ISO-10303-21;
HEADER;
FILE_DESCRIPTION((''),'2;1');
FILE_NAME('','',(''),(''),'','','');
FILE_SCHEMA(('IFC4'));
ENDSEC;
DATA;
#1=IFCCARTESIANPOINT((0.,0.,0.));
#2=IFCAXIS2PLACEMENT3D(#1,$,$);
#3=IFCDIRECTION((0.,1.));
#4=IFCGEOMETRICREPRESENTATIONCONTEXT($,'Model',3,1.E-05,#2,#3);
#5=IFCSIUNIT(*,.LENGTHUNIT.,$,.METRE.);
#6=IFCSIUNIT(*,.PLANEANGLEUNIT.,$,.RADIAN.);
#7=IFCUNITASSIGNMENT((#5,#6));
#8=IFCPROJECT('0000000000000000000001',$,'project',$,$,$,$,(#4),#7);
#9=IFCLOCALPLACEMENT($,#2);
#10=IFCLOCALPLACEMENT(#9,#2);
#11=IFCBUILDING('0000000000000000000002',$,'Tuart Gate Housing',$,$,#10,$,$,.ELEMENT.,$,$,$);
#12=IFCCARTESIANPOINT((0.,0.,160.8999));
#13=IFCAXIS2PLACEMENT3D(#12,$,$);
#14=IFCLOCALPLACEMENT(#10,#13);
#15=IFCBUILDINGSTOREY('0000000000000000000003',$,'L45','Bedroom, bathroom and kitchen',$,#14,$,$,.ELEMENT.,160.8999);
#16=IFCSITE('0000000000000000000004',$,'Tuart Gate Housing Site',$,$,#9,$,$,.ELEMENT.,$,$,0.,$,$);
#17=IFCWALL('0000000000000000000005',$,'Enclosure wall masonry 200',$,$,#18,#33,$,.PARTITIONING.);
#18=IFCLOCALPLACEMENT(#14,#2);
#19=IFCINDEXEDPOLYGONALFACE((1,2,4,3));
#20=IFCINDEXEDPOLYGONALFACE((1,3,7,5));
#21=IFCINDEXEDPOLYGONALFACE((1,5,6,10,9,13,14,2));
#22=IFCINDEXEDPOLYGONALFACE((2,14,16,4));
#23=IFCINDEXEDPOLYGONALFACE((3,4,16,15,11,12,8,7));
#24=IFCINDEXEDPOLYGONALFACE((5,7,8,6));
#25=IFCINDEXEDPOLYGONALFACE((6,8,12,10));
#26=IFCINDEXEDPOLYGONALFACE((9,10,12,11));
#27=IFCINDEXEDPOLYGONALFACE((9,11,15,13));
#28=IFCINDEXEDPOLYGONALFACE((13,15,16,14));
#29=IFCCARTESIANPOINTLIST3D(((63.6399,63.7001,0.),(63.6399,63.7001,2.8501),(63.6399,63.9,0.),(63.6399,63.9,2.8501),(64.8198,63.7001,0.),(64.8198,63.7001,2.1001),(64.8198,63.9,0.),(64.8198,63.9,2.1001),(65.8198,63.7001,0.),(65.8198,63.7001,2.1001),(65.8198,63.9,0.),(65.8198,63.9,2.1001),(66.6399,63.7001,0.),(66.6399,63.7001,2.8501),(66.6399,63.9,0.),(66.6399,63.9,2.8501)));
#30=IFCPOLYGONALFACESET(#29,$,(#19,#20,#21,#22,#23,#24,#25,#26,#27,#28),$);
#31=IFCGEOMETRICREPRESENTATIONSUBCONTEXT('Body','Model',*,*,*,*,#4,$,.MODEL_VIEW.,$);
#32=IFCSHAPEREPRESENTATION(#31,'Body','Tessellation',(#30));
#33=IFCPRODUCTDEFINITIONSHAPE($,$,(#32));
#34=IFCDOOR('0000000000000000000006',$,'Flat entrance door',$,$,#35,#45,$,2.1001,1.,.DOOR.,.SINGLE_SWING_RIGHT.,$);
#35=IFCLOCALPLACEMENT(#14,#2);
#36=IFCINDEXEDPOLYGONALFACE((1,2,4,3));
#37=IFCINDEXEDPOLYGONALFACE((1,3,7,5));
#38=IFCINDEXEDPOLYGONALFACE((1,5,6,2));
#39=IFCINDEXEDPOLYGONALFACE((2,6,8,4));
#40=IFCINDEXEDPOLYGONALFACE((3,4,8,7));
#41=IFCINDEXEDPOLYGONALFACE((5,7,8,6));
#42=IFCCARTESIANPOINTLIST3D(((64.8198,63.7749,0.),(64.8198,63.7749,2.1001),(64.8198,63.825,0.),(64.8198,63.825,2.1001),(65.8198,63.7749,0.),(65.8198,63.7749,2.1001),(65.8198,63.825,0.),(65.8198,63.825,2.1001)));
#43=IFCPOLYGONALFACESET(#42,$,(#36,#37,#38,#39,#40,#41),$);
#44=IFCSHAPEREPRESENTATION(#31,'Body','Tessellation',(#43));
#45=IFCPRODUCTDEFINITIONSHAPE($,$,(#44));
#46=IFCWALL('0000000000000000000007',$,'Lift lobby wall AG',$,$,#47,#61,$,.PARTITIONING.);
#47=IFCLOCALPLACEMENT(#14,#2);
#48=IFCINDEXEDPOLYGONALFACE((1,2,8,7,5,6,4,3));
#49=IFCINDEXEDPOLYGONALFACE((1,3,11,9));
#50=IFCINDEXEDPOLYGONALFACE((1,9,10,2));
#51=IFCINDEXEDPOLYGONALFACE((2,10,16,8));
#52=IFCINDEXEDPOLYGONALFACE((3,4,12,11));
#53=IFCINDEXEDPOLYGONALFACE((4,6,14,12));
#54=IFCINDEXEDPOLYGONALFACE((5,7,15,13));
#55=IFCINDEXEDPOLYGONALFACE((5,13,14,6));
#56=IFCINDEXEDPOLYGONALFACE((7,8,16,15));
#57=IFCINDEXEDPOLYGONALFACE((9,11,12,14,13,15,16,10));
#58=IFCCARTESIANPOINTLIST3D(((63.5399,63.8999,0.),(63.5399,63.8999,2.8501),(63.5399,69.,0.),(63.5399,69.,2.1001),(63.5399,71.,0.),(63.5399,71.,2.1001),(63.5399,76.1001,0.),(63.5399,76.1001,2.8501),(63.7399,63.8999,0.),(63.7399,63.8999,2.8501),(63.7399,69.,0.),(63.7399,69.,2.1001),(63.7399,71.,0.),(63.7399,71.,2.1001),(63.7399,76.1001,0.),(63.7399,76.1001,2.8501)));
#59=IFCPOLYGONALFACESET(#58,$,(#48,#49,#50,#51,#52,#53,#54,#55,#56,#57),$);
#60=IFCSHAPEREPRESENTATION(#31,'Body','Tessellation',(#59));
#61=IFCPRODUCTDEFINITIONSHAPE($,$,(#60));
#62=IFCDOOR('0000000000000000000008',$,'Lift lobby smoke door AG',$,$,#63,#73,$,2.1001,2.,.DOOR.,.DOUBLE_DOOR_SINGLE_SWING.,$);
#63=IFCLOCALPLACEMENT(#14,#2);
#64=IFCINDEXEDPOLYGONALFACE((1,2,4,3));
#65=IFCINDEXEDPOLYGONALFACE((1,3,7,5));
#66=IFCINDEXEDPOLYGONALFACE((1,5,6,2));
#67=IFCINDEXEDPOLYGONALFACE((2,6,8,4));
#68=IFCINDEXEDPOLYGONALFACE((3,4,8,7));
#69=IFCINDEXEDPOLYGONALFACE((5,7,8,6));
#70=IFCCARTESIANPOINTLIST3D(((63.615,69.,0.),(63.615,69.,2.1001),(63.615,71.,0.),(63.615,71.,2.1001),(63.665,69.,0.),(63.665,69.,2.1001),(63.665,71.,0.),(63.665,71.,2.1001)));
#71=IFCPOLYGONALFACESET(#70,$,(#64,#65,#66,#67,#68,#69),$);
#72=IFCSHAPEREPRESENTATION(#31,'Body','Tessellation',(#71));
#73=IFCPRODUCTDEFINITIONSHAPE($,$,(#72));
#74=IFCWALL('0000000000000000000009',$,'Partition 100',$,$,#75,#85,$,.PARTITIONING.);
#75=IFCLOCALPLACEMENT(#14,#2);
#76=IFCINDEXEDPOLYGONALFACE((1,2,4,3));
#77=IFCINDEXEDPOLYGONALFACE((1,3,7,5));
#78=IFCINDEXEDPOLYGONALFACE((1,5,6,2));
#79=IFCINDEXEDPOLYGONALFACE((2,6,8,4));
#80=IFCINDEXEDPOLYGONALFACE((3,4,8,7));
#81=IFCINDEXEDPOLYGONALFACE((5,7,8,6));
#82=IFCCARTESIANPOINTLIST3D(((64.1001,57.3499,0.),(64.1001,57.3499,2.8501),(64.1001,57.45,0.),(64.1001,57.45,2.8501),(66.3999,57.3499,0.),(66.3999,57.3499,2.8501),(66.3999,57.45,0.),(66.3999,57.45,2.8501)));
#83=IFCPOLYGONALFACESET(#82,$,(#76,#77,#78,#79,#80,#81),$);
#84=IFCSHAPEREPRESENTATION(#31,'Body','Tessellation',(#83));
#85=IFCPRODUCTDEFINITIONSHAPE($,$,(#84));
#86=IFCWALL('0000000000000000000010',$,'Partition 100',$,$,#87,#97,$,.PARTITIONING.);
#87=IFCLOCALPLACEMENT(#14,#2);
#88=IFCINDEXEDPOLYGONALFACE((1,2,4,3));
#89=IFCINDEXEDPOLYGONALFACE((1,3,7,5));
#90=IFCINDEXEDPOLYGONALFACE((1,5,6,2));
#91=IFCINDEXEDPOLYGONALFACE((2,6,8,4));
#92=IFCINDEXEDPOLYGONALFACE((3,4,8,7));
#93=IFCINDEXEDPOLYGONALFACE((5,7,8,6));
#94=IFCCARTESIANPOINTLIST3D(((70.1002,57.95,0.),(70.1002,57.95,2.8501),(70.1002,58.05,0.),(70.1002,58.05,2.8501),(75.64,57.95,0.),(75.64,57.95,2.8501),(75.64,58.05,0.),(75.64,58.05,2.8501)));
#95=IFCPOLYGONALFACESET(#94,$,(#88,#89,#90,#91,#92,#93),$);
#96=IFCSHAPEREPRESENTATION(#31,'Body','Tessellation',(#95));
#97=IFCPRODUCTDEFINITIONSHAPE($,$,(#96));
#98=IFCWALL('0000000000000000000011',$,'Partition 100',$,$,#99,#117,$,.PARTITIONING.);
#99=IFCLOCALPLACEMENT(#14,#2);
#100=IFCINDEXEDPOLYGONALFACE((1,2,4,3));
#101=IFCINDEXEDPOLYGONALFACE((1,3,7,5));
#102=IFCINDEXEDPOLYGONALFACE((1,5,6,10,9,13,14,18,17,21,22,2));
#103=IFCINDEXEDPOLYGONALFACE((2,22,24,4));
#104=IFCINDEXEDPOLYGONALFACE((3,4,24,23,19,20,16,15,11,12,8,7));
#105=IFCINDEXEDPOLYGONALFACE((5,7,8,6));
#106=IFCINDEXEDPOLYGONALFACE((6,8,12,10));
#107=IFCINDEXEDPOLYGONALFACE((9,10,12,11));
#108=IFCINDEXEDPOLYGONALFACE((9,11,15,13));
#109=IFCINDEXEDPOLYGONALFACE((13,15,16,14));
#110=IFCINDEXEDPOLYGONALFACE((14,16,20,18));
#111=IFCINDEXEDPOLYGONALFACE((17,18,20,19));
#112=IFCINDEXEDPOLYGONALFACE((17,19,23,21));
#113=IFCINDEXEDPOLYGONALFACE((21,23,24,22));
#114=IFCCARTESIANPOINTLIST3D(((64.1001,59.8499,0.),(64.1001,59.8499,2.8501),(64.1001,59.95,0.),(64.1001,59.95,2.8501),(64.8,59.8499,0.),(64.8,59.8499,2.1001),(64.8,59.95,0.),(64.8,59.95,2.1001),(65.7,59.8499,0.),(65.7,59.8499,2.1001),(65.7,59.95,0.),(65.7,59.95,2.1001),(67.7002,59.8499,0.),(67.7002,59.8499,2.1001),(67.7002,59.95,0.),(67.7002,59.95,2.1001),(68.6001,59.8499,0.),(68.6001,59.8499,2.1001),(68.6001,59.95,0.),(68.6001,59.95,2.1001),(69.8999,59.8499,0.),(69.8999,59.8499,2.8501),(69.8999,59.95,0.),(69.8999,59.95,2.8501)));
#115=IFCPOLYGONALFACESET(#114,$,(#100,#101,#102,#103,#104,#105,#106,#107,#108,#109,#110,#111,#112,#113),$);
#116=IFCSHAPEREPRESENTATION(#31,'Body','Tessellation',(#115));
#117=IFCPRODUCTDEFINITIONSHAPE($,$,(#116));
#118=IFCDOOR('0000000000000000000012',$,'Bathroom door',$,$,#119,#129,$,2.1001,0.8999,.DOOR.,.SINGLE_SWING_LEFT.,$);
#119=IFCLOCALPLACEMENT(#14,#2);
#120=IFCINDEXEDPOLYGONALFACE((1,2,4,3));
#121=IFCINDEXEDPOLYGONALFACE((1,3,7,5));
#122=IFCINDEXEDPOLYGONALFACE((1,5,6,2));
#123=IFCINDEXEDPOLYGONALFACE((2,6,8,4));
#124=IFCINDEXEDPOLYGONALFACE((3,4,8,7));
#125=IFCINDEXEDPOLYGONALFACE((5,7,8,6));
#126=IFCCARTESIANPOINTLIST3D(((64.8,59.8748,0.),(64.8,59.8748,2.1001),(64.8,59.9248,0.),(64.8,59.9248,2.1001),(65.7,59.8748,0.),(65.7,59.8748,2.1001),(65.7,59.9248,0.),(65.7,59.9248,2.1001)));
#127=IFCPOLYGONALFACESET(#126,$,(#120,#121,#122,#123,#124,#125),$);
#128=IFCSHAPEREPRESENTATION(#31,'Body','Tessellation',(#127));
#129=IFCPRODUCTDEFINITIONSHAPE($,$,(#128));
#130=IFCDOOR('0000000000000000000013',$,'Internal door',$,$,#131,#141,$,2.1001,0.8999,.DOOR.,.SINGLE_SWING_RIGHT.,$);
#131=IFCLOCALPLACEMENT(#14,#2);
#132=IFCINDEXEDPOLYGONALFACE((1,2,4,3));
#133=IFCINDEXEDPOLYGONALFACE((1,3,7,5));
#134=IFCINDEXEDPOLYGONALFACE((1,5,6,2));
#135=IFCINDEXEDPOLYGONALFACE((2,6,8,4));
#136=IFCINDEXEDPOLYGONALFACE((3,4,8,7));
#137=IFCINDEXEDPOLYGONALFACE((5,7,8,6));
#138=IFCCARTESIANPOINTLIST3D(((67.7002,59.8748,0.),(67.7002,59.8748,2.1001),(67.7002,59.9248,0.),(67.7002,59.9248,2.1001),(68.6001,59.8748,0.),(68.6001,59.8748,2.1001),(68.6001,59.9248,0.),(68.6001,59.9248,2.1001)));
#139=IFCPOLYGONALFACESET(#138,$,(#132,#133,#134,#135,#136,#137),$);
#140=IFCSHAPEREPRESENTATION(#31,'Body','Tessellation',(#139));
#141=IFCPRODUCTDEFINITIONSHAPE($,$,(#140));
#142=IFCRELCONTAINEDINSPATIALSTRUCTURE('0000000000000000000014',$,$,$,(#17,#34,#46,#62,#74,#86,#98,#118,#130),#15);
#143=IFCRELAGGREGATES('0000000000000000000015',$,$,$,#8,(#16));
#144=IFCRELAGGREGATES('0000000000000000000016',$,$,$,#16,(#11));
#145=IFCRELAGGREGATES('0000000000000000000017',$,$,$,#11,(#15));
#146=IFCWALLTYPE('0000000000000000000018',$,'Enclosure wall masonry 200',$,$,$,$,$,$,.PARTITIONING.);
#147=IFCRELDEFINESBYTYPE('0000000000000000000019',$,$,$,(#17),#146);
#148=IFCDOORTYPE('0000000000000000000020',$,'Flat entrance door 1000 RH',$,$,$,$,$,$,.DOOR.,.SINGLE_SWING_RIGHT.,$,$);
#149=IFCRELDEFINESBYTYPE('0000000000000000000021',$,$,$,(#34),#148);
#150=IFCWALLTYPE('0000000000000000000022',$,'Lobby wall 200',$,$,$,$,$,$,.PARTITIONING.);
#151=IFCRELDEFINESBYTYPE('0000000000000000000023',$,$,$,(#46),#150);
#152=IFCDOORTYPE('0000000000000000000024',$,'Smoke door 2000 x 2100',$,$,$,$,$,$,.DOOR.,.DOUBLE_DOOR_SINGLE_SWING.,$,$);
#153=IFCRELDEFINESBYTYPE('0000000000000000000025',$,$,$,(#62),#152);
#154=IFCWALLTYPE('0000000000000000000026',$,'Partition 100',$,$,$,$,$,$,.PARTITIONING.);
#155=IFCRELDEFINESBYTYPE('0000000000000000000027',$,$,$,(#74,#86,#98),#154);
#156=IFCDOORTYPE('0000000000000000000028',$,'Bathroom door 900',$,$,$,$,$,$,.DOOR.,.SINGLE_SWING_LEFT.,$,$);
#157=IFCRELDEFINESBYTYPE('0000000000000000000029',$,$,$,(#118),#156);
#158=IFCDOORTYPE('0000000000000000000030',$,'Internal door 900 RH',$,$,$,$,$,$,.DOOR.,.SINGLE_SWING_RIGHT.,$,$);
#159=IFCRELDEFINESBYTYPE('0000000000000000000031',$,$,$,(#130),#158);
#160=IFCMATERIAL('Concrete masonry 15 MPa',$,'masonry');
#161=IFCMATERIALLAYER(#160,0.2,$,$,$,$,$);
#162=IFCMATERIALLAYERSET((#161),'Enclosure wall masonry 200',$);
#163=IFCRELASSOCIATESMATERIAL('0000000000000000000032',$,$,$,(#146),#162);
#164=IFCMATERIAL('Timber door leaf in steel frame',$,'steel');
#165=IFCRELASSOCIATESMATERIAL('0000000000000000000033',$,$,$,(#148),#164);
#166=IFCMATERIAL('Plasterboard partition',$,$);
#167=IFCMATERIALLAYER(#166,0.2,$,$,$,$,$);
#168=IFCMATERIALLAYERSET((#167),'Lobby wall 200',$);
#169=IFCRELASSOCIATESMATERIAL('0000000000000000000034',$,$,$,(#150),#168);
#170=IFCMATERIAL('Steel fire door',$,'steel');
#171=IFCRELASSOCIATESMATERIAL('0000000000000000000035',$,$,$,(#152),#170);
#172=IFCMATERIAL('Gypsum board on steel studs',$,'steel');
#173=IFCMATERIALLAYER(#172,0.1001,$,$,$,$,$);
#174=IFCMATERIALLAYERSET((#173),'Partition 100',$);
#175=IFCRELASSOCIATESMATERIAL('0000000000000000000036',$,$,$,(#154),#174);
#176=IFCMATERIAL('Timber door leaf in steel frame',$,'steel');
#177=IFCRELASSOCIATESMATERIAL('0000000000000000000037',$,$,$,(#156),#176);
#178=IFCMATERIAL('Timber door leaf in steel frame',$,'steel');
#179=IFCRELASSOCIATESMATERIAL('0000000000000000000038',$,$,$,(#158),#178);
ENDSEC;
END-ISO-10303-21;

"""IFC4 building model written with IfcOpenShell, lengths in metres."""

from ifc_helpers import new_model, si_unit, direction, frame, frame_2d, origin, place, context, subcontext, project, spatial, rectangle, extrude, material, layer, layer_set, type_object, element, fill, save


model = new_model("IFC4")

# Units and contexts
model_context = context("Model", 3, precision=1e-05, world=origin(), true_north=direction((0.0, 1.0)))
body_context = subcontext(model_context, "Body", "Model", "MODEL_VIEW")
ifc_project = project(units=[si_unit("LENGTHUNIT", "METRE"), si_unit("PLANEANGLEUNIT", "RADIAN")], contexts=[model_context])

# Site, building, storey
site_placement = place(None, origin())
site = spatial("IfcSite", under=ifc_project, at=site_placement, Name="Tuart Gate Housing Site", CompositionType="ELEMENT", RefElevation=0.0)
building_placement = place(site_placement, origin())
building = spatial("IfcBuilding", under=site, at=building_placement, Name="Tuart Gate Housing", CompositionType="ELEMENT")
storey_placement = place(building_placement, frame((0.0, 0.0, 160.8999)))
storey = spatial("IfcBuildingStorey", under=building, at=storey_placement, Name="L45", Description="Bedroom, bathroom and kitchen", CompositionType="ELEMENT", Elevation=160.8999)

# Walls, openings, doors
ifc_material_1 = material(Name="Concrete masonry 15 MPa", Category="masonry")
ifc_layer_1 = layer(ifc_material_1, 0.2)
ifc_layer_set_1 = layer_set([ifc_layer_1], Name="Enclosure wall masonry 200")
wall_type_1 = type_object("IfcWallType", Name="Enclosure wall masonry 200", PredefinedType="PARTITIONING", material=ifc_layer_set_1)
wall_1_placement = place(storey_placement, frame((63.6399, 63.8, 0.0), z_axis=(0.0, 0.0, 1.0), x_axis=(1.0, 0.0, 0.0)))
wall_1 = element("IfcWall", 1, at=wall_1_placement, inside=storey, type_object=wall_type_1, Name="Enclosure wall masonry 200", PredefinedType="PARTITIONING", context=body_context, shape_type="SweptSolid", body=[
    extrude(rectangle(XDim=3.0, YDim=0.2, at=frame_2d((1.5, 0.0))), origin(), (0.0, 0.0, 1.0), 2.8501),
])
opening_1_placement = place(wall_1_placement, frame((1.1799, 0.0, 0.0)))
opening_1 = element("IfcOpeningElement", 2, at=opening_1_placement, cuts=wall_1, PredefinedType="OPENING", context=body_context, shape_type="SweptSolid", body=[
    extrude(rectangle(XDim=1.0, YDim=2.1001, at=frame_2d((0.5, 1.05))), frame((0.0, 0.1099, 0.0), z_axis=(0.0, -1.0, 0.0), x_axis=(1.0, 0.0, 0.0)), (0.0, 0.0, 1.0), 0.22),
])
ifc_material_2 = material(Name="Timber door leaf in steel frame", Category="steel")
door_type_1 = type_object("IfcDoorType", Name="Flat entrance door 1000 RH", OperationType="SINGLE_SWING_RIGHT", PredefinedType="DOOR", material=ifc_material_2)
door_1_placement = place(opening_1_placement, frame((1.0, 0.0, 0.0), z_axis=(0.0, 0.0, 1.0), x_axis=(-1.0, 0.0, 0.0)))
door_1 = element("IfcDoor", 3, at=door_1_placement, inside=storey, type_object=door_type_1, Name="Flat entrance door", OperationType="SINGLE_SWING_RIGHT", OverallHeight=2.1001, OverallWidth=1.0, PredefinedType="DOOR", context=body_context, shape_type="SweptSolid", body=[
    extrude(rectangle(XDim=1.0, YDim=2.1001, at=frame_2d((0.5, 1.05))), frame((0.0, 0.0251, 0.0), z_axis=(0.0, -1.0, 0.0), x_axis=(1.0, 0.0, 0.0)), (0.0, 0.0, 1.0), 0.05),
])
fill(opening_1, door_1)
ifc_material_3 = material(Name="Plasterboard partition")
ifc_layer_2 = layer(ifc_material_3, 0.2)
ifc_layer_set_2 = layer_set([ifc_layer_2], Name="Lobby wall 200")
wall_type_2 = type_object("IfcWallType", Name="Lobby wall 200", PredefinedType="PARTITIONING", material=ifc_layer_set_2)
wall_2_placement = place(storey_placement, frame((63.6399, 63.8999, 0.0), z_axis=(0.0, 0.0, 1.0), x_axis=(0.0, 1.0, 0.0)))
wall_2 = element("IfcWall", 4, at=wall_2_placement, inside=storey, type_object=wall_type_2, Name="Lift lobby wall AG", PredefinedType="PARTITIONING", context=body_context, shape_type="SweptSolid", body=[
    extrude(rectangle(XDim=12.2002, YDim=0.2, at=frame_2d((6.1001, 0.0))), origin(), (0.0, 0.0, 1.0), 2.8501),
])
opening_2_placement = place(wall_2_placement, frame((5.1001, 0.0, 0.0)))
opening_2 = element("IfcOpeningElement", 5, at=opening_2_placement, cuts=wall_2, PredefinedType="OPENING", context=body_context, shape_type="SweptSolid", body=[
    extrude(rectangle(XDim=2.0, YDim=2.1001, at=frame_2d((1.0, 1.05))), frame((0.0, 0.1099, 0.0), z_axis=(0.0, -1.0, 0.0), x_axis=(1.0, 0.0, 0.0)), (0.0, 0.0, 1.0), 0.22),
])
ifc_material_4 = material(Name="Steel fire door", Category="steel")
door_type_2 = type_object("IfcDoorType", Name="Smoke door 2000 x 2100", OperationType="DOUBLE_DOOR_SINGLE_SWING", PredefinedType="DOOR", material=ifc_material_4)
door_2_placement = place(opening_2_placement, frame((2.0, 0.0, 0.0), z_axis=(0.0, 0.0, 1.0), x_axis=(-1.0, 0.0, 0.0)))
door_2 = element("IfcDoor", 6, at=door_2_placement, inside=storey, type_object=door_type_2, Name="Lift lobby smoke door AG", OperationType="DOUBLE_DOOR_SINGLE_SWING", OverallHeight=2.1001, OverallWidth=2.0, PredefinedType="DOOR", context=body_context, shape_type="SweptSolid", body=[
    extrude(rectangle(XDim=2.0, YDim=2.1001, at=frame_2d((1.0, 1.05))), frame((0.0, 0.0251, 0.0), z_axis=(0.0, -1.0, 0.0), x_axis=(1.0, 0.0, 0.0)), (0.0, 0.0, 1.0), 0.05),
])
fill(opening_2, door_2)

# Walls
ifc_material_5 = material(Name="Gypsum board on steel studs", Category="steel")
ifc_layer_3 = layer(ifc_material_5, 0.1001)
ifc_layer_set_3 = layer_set([ifc_layer_3], Name="Partition 100")
wall_type_3 = type_object("IfcWallType", Name="Partition 100", PredefinedType="PARTITIONING", material=ifc_layer_set_3)
wall_3_placement = place(storey_placement, frame((64.1001, 57.3999, 0.0), z_axis=(0.0, 0.0, 1.0), x_axis=(1.0, 0.0, 0.0)))
element("IfcWall", 7, at=wall_3_placement, inside=storey, type_object=wall_type_3, Name="Partition 100", PredefinedType="PARTITIONING", context=body_context, shape_type="SweptSolid", body=[
    extrude(rectangle(XDim=2.2998, YDim=0.1001, at=frame_2d((1.1499, 0.0))), origin(), (0.0, 0.0, 1.0), 2.8501),
])
wall_4_placement = place(storey_placement, frame((70.1001, 58.0, 0.0), z_axis=(0.0, 0.0, 1.0), x_axis=(1.0, 0.0, 0.0)))
element("IfcWall", 8, at=wall_4_placement, inside=storey, type_object=wall_type_3, Name="Partition 100", PredefinedType="PARTITIONING", context=body_context, shape_type="SweptSolid", body=[
    extrude(rectangle(XDim=5.5398, YDim=0.1001, at=frame_2d((2.77, 0.0))), origin(), (0.0, 0.0, 1.0), 2.8501),
])

# Wall, openings, doors
wall_5_placement = place(storey_placement, frame((64.1001, 59.8999, 0.0), z_axis=(0.0, 0.0, 1.0), x_axis=(1.0, 0.0, 0.0)))
wall_5 = element("IfcWall", 9, at=wall_5_placement, inside=storey, type_object=wall_type_3, Name="Partition 100", PredefinedType="PARTITIONING", context=body_context, shape_type="SweptSolid", body=[
    extrude(rectangle(XDim=5.7998, YDim=0.1001, at=frame_2d((2.8999, 0.0))), origin(), (0.0, 0.0, 1.0), 2.8501),
])
opening_3_placement = place(wall_5_placement, frame((3.6001, 0.0, 0.0)))
opening_3 = element("IfcOpeningElement", 10, at=opening_3_placement, cuts=wall_5, PredefinedType="OPENING", context=body_context, shape_type="SweptSolid", body=[
    extrude(rectangle(XDim=0.8999, YDim=2.1001, at=frame_2d((0.45, 1.05))), frame((0.0, 0.0601, 0.0), z_axis=(0.0, -1.0, 0.0), x_axis=(1.0, 0.0, 0.0)), (0.0, 0.0, 1.0), 0.1201),
])
opening_4_placement = place(wall_5_placement, frame((0.7, 0.0, 0.0)))
opening_4 = element("IfcOpeningElement", 11, at=opening_4_placement, cuts=wall_5, PredefinedType="OPENING", context=body_context, shape_type="SweptSolid", body=[
    extrude(rectangle(XDim=0.8999, YDim=2.1001, at=frame_2d((0.45, 1.05))), frame((0.0, 0.0601, 0.0), z_axis=(0.0, -1.0, 0.0), x_axis=(1.0, 0.0, 0.0)), (0.0, 0.0, 1.0), 0.1201),
])
ifc_material_6 = material(Name="Timber door leaf in steel frame", Category="steel")
door_type_3 = type_object("IfcDoorType", Name="Bathroom door 900", OperationType="SINGLE_SWING_LEFT", PredefinedType="DOOR", material=ifc_material_6)
door_3_placement = place(opening_4_placement, frame((0.8999, 0.0, 0.0), z_axis=(0.0, 0.0, 1.0), x_axis=(-1.0, 0.0, 0.0)))
door_3 = element("IfcDoor", 12, at=door_3_placement, inside=storey, type_object=door_type_3, Name="Bathroom door", OperationType="SINGLE_SWING_LEFT", OverallHeight=2.1001, OverallWidth=0.8999, PredefinedType="DOOR", context=body_context, shape_type="SweptSolid", body=[
    extrude(rectangle(XDim=0.8999, YDim=2.1001, at=frame_2d((0.45, 1.05))), frame((0.0, 0.0251, 0.0), z_axis=(0.0, -1.0, 0.0), x_axis=(1.0, 0.0, 0.0)), (0.0, 0.0, 1.0), 0.05),
])
fill(opening_4, door_3)
ifc_material_7 = material(Name="Timber door leaf in steel frame", Category="steel")
door_type_4 = type_object("IfcDoorType", Name="Internal door 900 RH", OperationType="SINGLE_SWING_RIGHT", PredefinedType="DOOR", material=ifc_material_7)
door_4_placement = place(opening_3_placement, origin())
door_4 = element("IfcDoor", 13, at=door_4_placement, inside=storey, type_object=door_type_4, Name="Internal door", OperationType="SINGLE_SWING_RIGHT", OverallHeight=2.1001, OverallWidth=0.8999, PredefinedType="DOOR", context=body_context, shape_type="SweptSolid", body=[
    extrude(rectangle(XDim=0.8999, YDim=2.1001, at=frame_2d((0.45, 1.05))), frame((0.0, 0.0249, 0.0), z_axis=(0.0, -1.0, 0.0), x_axis=(1.0, 0.0, 0.0)), (0.0, 0.0, 1.0), 0.05),
])
fill(opening_3, door_4)

save(model, "model.ifc")
